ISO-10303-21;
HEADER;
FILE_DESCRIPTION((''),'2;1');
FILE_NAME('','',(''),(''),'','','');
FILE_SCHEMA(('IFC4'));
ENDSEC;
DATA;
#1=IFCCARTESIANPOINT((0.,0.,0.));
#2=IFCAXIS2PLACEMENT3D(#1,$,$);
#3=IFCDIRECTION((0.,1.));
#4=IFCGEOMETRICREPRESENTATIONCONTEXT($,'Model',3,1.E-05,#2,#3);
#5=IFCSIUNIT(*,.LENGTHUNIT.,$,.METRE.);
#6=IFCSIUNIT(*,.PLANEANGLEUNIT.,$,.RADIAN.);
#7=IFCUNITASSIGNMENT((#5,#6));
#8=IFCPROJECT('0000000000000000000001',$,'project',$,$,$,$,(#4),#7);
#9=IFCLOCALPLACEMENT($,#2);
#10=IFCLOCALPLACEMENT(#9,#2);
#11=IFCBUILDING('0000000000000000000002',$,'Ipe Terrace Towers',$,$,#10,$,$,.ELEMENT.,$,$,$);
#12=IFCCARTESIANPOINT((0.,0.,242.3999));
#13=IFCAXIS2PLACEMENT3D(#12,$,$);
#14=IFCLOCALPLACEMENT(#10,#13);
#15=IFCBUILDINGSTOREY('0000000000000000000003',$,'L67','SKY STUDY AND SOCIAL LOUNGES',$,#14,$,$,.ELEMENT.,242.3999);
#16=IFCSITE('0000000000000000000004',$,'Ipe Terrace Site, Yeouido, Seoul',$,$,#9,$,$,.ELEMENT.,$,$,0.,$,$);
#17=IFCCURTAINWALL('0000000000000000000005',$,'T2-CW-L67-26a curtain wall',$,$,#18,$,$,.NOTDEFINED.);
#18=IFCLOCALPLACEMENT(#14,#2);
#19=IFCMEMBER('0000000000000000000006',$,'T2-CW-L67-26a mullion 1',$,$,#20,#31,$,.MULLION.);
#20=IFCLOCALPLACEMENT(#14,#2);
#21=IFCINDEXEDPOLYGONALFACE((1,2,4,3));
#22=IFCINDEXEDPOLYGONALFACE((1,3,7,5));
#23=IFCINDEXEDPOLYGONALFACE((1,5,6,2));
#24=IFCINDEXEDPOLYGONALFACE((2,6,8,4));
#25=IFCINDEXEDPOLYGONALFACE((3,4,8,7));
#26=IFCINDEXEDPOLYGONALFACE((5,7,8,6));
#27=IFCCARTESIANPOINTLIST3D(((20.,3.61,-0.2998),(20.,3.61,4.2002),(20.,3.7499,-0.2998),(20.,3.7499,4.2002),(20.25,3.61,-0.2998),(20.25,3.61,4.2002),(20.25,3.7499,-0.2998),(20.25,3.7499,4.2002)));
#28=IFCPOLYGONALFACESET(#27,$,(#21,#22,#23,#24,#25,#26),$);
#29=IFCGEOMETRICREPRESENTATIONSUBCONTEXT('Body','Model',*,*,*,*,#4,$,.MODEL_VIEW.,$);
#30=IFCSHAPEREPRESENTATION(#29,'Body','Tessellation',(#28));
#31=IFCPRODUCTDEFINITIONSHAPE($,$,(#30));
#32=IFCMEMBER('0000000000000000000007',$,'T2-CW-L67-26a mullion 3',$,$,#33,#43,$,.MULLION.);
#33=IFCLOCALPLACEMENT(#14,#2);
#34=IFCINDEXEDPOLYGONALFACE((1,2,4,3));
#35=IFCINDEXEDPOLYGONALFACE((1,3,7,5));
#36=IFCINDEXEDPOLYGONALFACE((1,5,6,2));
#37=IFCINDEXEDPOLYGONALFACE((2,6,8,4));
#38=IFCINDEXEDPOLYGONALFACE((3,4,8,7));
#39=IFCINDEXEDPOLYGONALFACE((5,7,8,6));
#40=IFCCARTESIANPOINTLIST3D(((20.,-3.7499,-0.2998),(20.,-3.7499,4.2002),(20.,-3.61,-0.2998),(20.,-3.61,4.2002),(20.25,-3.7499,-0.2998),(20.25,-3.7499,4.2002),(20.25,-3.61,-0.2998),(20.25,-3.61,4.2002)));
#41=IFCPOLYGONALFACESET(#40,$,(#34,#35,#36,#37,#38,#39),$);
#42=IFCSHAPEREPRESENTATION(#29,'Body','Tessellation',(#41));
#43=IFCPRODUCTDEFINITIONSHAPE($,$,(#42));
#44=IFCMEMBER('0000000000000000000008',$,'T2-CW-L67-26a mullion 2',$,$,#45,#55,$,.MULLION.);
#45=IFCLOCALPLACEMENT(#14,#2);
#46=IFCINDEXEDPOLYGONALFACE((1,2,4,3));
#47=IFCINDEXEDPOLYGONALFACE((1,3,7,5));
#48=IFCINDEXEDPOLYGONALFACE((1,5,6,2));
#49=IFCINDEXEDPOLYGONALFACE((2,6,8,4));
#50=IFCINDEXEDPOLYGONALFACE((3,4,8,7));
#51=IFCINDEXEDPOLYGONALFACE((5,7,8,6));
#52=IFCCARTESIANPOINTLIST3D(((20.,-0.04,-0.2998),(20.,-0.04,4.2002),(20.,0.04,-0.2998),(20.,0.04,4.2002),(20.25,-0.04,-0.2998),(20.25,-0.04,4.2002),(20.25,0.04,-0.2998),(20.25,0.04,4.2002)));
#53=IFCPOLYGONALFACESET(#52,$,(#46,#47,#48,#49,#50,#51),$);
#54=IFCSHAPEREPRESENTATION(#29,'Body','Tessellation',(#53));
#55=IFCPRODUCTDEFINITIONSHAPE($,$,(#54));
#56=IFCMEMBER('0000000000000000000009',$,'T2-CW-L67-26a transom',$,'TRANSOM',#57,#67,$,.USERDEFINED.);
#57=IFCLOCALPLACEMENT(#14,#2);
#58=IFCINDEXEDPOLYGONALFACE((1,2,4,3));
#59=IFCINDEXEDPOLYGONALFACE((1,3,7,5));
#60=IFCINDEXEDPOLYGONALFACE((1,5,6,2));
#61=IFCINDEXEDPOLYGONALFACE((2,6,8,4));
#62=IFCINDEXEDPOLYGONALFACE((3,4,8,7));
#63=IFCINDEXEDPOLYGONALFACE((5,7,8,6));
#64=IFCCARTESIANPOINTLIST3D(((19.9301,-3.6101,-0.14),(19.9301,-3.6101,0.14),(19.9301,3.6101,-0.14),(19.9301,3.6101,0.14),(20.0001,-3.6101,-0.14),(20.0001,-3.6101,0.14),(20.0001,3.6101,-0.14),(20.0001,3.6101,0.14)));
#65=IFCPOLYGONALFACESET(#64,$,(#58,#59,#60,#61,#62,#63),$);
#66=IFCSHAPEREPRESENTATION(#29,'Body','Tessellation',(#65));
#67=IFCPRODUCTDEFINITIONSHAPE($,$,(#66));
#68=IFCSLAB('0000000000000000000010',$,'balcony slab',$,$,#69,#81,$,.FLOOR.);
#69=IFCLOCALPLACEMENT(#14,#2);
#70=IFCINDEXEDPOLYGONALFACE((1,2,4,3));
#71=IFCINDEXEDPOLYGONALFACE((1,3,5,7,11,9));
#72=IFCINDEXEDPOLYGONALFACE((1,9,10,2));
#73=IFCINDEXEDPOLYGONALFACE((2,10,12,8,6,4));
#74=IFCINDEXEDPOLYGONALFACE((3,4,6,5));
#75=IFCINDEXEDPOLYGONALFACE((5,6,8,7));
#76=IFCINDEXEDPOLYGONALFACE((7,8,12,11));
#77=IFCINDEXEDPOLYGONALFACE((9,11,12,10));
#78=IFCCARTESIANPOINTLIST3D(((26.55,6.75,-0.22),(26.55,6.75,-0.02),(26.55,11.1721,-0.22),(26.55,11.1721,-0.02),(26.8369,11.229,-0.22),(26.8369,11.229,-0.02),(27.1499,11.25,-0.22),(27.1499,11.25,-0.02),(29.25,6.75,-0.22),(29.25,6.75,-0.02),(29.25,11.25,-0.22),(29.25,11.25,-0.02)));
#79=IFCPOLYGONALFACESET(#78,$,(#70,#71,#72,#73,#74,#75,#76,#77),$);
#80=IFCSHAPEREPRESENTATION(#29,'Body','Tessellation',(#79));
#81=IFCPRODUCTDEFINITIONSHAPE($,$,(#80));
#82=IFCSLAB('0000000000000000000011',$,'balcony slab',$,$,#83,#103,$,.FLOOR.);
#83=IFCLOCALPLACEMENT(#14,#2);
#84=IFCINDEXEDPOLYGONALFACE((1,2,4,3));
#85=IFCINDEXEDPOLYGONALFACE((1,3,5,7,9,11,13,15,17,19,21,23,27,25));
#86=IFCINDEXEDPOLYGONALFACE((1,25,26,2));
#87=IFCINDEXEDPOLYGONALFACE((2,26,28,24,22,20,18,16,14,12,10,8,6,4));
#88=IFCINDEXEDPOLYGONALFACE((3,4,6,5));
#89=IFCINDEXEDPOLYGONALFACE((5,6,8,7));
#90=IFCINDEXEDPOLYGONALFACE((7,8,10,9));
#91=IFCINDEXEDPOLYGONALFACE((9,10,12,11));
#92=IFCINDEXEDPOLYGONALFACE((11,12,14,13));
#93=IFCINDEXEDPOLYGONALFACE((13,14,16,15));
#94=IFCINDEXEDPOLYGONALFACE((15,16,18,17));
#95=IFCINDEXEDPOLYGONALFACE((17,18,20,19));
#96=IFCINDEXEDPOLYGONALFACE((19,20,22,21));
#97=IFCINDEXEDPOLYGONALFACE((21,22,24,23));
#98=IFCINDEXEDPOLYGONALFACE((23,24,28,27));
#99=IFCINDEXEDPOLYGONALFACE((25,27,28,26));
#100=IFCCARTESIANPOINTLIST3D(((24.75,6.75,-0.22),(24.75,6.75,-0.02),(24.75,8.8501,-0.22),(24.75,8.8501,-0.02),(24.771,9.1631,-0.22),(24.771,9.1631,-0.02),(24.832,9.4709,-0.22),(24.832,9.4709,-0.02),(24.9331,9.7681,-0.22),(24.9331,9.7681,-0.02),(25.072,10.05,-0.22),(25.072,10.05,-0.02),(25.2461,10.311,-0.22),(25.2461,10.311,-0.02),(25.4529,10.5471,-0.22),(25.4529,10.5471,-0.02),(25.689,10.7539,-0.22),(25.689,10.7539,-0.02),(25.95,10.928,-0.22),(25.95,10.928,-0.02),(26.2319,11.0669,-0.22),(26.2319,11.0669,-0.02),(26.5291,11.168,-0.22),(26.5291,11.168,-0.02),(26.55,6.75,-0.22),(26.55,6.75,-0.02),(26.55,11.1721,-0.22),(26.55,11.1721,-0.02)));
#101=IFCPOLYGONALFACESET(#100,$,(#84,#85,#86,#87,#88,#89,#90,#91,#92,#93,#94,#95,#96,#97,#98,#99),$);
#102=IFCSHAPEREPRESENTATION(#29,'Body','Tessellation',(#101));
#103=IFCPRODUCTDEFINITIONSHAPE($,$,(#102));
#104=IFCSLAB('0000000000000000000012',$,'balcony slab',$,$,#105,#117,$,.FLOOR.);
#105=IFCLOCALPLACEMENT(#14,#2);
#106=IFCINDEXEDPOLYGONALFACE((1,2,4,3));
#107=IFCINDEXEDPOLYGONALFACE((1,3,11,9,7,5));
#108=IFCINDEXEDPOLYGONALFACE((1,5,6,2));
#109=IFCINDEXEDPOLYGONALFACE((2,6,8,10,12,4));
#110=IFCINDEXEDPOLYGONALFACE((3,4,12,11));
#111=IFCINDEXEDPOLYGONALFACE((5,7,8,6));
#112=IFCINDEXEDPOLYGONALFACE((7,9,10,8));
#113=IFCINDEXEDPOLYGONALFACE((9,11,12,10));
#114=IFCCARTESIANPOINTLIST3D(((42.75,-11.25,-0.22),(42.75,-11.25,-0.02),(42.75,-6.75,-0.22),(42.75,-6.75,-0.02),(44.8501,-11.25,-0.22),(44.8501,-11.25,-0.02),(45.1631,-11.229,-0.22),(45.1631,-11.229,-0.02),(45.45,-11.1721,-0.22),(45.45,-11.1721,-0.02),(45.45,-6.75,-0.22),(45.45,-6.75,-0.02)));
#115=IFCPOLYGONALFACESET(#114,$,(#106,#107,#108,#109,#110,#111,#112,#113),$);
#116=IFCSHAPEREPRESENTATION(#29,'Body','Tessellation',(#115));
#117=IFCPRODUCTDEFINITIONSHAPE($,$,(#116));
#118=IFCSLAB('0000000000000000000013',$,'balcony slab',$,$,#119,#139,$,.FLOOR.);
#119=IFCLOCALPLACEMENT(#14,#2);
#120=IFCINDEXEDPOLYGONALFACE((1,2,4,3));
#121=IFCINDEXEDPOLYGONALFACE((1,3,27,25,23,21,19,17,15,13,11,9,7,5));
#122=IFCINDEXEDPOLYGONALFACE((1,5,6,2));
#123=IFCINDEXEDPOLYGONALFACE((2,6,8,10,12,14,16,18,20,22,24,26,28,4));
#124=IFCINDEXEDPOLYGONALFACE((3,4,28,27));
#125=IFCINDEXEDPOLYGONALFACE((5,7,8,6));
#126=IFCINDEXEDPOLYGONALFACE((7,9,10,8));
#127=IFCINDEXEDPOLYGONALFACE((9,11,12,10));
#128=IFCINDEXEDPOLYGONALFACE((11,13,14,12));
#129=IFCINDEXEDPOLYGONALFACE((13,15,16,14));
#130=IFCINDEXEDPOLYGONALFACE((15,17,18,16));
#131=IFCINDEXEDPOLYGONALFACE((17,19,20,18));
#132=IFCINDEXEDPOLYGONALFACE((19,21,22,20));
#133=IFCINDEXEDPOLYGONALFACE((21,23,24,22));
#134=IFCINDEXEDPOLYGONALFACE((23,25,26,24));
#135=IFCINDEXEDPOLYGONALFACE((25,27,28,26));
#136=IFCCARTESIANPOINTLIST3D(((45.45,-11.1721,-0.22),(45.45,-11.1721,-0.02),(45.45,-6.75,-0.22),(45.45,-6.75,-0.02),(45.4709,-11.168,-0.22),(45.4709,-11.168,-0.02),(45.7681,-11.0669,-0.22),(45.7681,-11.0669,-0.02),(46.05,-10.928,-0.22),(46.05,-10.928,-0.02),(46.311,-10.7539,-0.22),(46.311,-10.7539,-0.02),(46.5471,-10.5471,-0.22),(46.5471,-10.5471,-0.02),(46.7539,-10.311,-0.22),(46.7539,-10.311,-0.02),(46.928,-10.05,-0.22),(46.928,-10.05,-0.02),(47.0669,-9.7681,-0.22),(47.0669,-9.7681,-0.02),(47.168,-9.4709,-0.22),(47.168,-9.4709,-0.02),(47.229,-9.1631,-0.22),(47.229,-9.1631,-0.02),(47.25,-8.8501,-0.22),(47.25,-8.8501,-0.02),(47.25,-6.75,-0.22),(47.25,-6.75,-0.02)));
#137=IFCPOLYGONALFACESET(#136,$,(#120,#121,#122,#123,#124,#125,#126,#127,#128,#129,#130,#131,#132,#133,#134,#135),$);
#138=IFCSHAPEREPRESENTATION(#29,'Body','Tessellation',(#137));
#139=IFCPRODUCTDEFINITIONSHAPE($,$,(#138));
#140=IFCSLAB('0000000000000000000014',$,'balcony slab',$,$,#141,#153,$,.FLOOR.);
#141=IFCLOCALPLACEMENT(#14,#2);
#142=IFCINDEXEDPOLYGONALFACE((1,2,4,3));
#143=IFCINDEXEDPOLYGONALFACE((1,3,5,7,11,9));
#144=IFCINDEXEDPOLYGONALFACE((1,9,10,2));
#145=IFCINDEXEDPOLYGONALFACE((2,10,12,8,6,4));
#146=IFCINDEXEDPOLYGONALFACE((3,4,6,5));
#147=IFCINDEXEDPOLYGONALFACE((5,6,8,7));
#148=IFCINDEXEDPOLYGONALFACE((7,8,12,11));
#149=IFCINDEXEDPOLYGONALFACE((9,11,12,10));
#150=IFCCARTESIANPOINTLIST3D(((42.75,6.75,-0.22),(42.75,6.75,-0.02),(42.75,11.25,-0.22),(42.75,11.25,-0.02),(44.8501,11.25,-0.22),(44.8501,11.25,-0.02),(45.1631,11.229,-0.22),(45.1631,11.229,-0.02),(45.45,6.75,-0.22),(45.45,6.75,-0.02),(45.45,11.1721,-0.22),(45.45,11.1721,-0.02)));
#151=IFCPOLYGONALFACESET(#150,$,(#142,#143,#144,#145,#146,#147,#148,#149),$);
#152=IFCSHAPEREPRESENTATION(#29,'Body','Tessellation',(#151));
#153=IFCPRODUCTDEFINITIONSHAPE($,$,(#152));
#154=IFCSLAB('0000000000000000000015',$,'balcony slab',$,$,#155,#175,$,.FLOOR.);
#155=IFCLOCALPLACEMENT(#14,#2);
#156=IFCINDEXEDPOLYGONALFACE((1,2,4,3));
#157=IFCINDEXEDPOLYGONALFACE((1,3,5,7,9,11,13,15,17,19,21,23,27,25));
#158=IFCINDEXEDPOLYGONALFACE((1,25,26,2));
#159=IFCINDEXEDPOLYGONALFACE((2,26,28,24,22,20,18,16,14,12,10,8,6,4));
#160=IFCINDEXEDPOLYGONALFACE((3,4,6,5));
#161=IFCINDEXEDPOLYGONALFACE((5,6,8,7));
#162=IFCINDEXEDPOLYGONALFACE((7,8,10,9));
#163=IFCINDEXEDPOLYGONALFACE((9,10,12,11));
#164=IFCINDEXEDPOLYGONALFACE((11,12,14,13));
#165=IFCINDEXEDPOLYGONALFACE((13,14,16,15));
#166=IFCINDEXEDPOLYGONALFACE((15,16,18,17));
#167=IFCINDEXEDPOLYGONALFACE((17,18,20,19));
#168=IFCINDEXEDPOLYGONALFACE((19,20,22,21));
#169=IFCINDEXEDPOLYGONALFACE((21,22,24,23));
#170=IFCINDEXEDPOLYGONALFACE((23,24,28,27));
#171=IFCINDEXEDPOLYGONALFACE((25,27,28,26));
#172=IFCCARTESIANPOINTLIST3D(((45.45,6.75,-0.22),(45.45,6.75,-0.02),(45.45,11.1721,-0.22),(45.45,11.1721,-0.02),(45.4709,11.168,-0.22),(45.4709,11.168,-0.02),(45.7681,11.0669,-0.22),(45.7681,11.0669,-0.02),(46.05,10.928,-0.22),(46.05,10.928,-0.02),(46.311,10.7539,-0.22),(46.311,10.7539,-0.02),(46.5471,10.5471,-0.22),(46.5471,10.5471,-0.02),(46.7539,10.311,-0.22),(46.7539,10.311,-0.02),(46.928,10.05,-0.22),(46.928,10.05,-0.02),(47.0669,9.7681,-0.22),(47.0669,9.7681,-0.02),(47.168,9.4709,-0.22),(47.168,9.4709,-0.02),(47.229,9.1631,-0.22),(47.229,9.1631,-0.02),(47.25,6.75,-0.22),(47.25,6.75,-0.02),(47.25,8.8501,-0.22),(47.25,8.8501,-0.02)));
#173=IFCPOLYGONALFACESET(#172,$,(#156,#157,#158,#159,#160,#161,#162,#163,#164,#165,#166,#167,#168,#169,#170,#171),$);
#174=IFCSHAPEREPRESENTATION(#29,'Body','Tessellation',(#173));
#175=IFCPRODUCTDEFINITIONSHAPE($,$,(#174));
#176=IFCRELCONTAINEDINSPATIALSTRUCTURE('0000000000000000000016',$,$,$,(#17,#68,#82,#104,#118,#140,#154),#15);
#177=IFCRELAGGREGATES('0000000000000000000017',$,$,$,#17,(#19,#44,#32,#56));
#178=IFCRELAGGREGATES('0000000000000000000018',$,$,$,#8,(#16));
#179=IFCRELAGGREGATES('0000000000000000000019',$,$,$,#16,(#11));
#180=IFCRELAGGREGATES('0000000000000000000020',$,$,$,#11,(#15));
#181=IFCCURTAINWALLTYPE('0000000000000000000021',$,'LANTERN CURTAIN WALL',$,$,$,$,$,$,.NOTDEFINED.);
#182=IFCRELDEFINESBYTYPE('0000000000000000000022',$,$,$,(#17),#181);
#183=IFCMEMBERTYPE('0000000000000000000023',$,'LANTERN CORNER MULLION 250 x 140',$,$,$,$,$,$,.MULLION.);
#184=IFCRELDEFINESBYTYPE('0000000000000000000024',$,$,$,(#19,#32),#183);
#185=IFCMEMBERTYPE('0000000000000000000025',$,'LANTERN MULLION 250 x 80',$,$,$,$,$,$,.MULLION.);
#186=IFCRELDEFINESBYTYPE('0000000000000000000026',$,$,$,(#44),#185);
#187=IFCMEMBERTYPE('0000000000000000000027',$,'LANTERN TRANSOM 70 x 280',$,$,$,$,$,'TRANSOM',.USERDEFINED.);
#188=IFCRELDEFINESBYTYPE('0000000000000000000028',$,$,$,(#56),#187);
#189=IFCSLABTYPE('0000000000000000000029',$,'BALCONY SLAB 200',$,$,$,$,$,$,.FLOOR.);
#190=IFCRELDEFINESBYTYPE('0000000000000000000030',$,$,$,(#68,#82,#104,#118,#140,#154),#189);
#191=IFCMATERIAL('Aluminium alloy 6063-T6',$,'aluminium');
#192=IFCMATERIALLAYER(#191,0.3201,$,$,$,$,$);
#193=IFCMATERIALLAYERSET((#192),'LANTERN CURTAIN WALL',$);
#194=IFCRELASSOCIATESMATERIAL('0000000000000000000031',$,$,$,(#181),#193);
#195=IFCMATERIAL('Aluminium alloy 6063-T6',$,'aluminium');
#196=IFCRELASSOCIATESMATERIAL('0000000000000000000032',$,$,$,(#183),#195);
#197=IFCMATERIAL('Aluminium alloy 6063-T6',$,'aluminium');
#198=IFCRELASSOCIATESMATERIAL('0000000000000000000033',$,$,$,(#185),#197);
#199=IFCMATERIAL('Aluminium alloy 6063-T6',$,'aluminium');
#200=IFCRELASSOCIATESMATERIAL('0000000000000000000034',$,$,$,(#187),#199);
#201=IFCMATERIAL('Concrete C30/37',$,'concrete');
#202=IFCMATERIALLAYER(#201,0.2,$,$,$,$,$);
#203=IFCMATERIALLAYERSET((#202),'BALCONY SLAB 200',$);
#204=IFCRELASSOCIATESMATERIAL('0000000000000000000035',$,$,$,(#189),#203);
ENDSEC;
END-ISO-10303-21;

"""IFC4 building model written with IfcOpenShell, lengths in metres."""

from ifc_helpers import new_model, si_unit, direction, frame, origin, origin_2d, place, context, subcontext, project, spatial, polyline, rectangle, outline, extrude, material, layer, layer_set, material_profile, profile_set, type_object, element, aggregate, save


model = new_model("IFC4")

# Units and contexts
model_context = context("Model", 3, precision=1e-05, world=origin(), true_north=direction((0.0, 1.0)))
body_context = subcontext(model_context, "Body", "Model", "MODEL_VIEW")
ifc_project = project(units=[si_unit("LENGTHUNIT", "METRE"), si_unit("PLANEANGLEUNIT", "RADIAN")], contexts=[model_context])

# Site, building, storey
site_placement = place(None, origin())
site = spatial("IfcSite", under=ifc_project, at=site_placement, Name="Ipe Terrace Site, Yeouido, Seoul", CompositionType="ELEMENT", RefElevation=0.0)
building_placement = place(site_placement, origin())
building = spatial("IfcBuilding", under=site, at=building_placement, Name="Ipe Terrace Towers", CompositionType="ELEMENT")
storey_placement = place(building_placement, frame((0.0, 0.0, 242.3999)))
storey = spatial("IfcBuildingStorey", under=building, at=storey_placement, Name="L67", Description="SKY STUDY AND SOCIAL LOUNGES", CompositionType="ELEMENT", Elevation=242.3999)

# Curtain wall, members
ifc_material_1 = material(Name="Aluminium alloy 6063-T6", Category="aluminium")
ifc_layer_1 = layer(ifc_material_1, 0.3201)
ifc_layer_set_1 = layer_set([ifc_layer_1], Name="LANTERN CURTAIN WALL")
curtain_wall_type = type_object("IfcCurtainWallType", Name="LANTERN CURTAIN WALL", PredefinedType="NOTDEFINED", material=ifc_layer_set_1)
curtain_wall_placement = place(storey_placement, origin())
curtain_wall = element("IfcCurtainWall", 1, at=curtain_wall_placement, inside=storey, type_object=curtain_wall_type, Name="T2-CW-L67-26a curtain wall", PredefinedType="NOTDEFINED")
ifc_material_2 = material(Name="Aluminium alloy 6063-T6", Category="aluminium")
ifc_material_profile_1 = material_profile(ifc_material_2, rectangle(XDim=0.25, YDim=0.1399, at=origin_2d()), Name="LANTERN CORNER MULLION 250 x 140")
ifc_profile_set_1 = profile_set([ifc_material_profile_1], Name="Aluminium alloy 6063-T6")
member_type_1 = type_object("IfcMemberType", Name="LANTERN CORNER MULLION 250 x 140", PredefinedType="MULLION", material=ifc_profile_set_1)
member_1_placement = place(storey_placement, frame((20.125, 3.6799, -0.2998), z_axis=(0.0, 0.0, 1.0), x_axis=(-1.0, 0.0, 0.0)))
member_1 = element("IfcMember", 2, at=member_1_placement, type_object=member_type_1, Name="T2-CW-L67-26a mullion 1", PredefinedType="MULLION", context=body_context, shape_type="SweptSolid", body=[
    extrude(rectangle(XDim=0.25, YDim=0.1399, at=origin_2d()), origin(), (0.0, 0.0, 1.0), 4.5),
])
member_2_placement = place(storey_placement, frame((20.125, -3.6799, -0.2998), z_axis=(0.0, 0.0, 1.0), x_axis=(-1.0, 0.0, 0.0)))
member_2 = element("IfcMember", 3, at=member_2_placement, type_object=member_type_1, Name="T2-CW-L67-26a mullion 3", PredefinedType="MULLION", context=body_context, shape_type="SweptSolid", body=[
    extrude(rectangle(XDim=0.25, YDim=0.1399, at=origin_2d()), origin(), (0.0, 0.0, 1.0), 4.5),
])
ifc_material_3 = material(Name="Aluminium alloy 6063-T6", Category="aluminium")
ifc_material_profile_2 = material_profile(ifc_material_3, rectangle(XDim=0.25, YDim=0.0801, at=origin_2d()), Name="LANTERN MULLION 250 x 80")
ifc_profile_set_2 = profile_set([ifc_material_profile_2], Name="Aluminium alloy 6063-T6")
member_type_2 = type_object("IfcMemberType", Name="LANTERN MULLION 250 x 80", PredefinedType="MULLION", material=ifc_profile_set_2)
member_3_placement = place(storey_placement, frame((20.125, 0.0, -0.2998), z_axis=(0.0, 0.0, 1.0), x_axis=(-1.0, 0.0, 0.0)))
member_3 = element("IfcMember", 4, at=member_3_placement, type_object=member_type_2, Name="T2-CW-L67-26a mullion 2", PredefinedType="MULLION", context=body_context, shape_type="SweptSolid", body=[
    extrude(rectangle(XDim=0.25, YDim=0.0801, at=origin_2d()), origin(), (0.0, 0.0, 1.0), 4.5),
])
ifc_material_4 = material(Name="Aluminium alloy 6063-T6", Category="aluminium")
ifc_material_profile_3 = material_profile(ifc_material_4, rectangle(XDim=0.0701, YDim=0.28, at=origin_2d()), Name="LANTERN TRANSOM 70 x 280")
ifc_profile_set_3 = profile_set([ifc_material_profile_3], Name="Aluminium alloy 6063-T6")
member_type_3 = type_object("IfcMemberType", Name="LANTERN TRANSOM 70 x 280", ElementType="TRANSOM", PredefinedType="USERDEFINED", material=ifc_profile_set_3)
member_4_placement = place(storey_placement, frame((19.9651, 3.6101, 0.0), z_axis=(0.0, -1.0, 0.0), x_axis=(-1.0, 0.0, 0.0)))
member_4 = element("IfcMember", 5, at=member_4_placement, type_object=member_type_3, Name="T2-CW-L67-26a transom", ObjectType="TRANSOM", PredefinedType="USERDEFINED", context=body_context, shape_type="SweptSolid", body=[
    extrude(rectangle(XDim=0.0701, YDim=0.28, at=origin_2d()), origin(), (0.0, 0.0, 1.0), 7.2202),
])

# Slabs
ifc_material_5 = material(Name="Concrete C30/37", Category="concrete")
ifc_layer_2 = layer(ifc_material_5, 0.2)
ifc_layer_set_2 = layer_set([ifc_layer_2], Name="BALCONY SLAB 200")
slab_type_1 = type_object("IfcSlabType", Name="BALCONY SLAB 200", PredefinedType="FLOOR", material=ifc_layer_set_2)
slab_1_placement = place(storey_placement, frame((0.0, 0.0, -0.22)))
element("IfcSlab", 6, at=slab_1_placement, inside=storey, type_object=slab_type_1, Name="balcony slab", PredefinedType="FLOOR", context=body_context, shape_type="SweptSolid", body=[
    extrude(outline(polyline([(26.8369, 11.229), (26.55, 11.1721), (26.55, 6.75), (29.25, 6.75), (29.25, 11.25), (27.1499, 11.25), (26.8369, 11.229)])), origin(), (0.0, 0.0, 1.0), 0.2),
])
slab_2_placement = place(storey_placement, frame((0.0, 0.0, -0.22)))
element("IfcSlab", 7, at=slab_2_placement, inside=storey, type_object=slab_type_1, Name="balcony slab", PredefinedType="FLOOR", context=body_context, shape_type="SweptSolid", body=[
    extrude(outline(polyline([(24.75, 6.75), (26.55, 6.75), (26.55, 11.1721), (26.5291, 11.168), (26.2319, 11.0669), (25.95, 10.928), (25.689, 10.7539), (25.4529, 10.5471), (25.2461, 10.311), (25.072, 10.05), (24.9331, 9.7681), (24.832, 9.4709), (24.771, 9.1631), (24.75, 8.8501), (24.75, 6.75)])), origin(), (0.0, 0.0, 1.0), 0.2),
])
slab_3_placement = place(storey_placement, frame((0.0, 0.0, -0.22)))
element("IfcSlab", 8, at=slab_3_placement, inside=storey, type_object=slab_type_1, Name="balcony slab", PredefinedType="FLOOR", context=body_context, shape_type="SweptSolid", body=[
    extrude(outline(polyline([(45.1631, -11.229), (45.45, -11.1721), (45.45, -6.75), (42.75, -6.75), (42.75, -11.25), (44.8501, -11.25), (45.1631, -11.229)])), origin(), (0.0, 0.0, 1.0), 0.2),
])
slab_4_placement = place(storey_placement, frame((0.0, 0.0, -0.22)))
element("IfcSlab", 9, at=slab_4_placement, inside=storey, type_object=slab_type_1, Name="balcony slab", PredefinedType="FLOOR", context=body_context, shape_type="SweptSolid", body=[
    extrude(outline(polyline([(47.25, -6.75), (45.45, -6.75), (45.45, -11.1721), (45.4709, -11.168), (45.7681, -11.0669), (46.05, -10.928), (46.311, -10.7539), (46.5471, -10.5471), (46.7539, -10.311), (46.928, -10.05), (47.0669, -9.7681), (47.168, -9.4709), (47.229, -9.1631), (47.25, -8.8501), (47.25, -6.75)])), origin(), (0.0, 0.0, 1.0), 0.2),
])
slab_5_placement = place(storey_placement, frame((0.0, 0.0, -0.22)))
element("IfcSlab", 10, at=slab_5_placement, inside=storey, type_object=slab_type_1, Name="balcony slab", PredefinedType="FLOOR", context=body_context, shape_type="SweptSolid", body=[
    extrude(outline(polyline([(45.1631, 11.229), (44.8501, 11.25), (42.75, 11.25), (42.75, 6.75), (45.45, 6.75), (45.45, 11.1721), (45.1631, 11.229)])), origin(), (0.0, 0.0, 1.0), 0.2),
])
slab_6_placement = place(storey_placement, frame((0.0, 0.0, -0.22)))
element("IfcSlab", 11, at=slab_6_placement, inside=storey, type_object=slab_type_1, Name="balcony slab", PredefinedType="FLOOR", context=body_context, shape_type="SweptSolid", body=[
    extrude(outline(polyline([(47.25, 6.75), (47.25, 8.8501), (47.229, 9.1631), (47.168, 9.4709), (47.0669, 9.7681), (46.928, 10.05), (46.7539, 10.311), (46.5471, 10.5471), (46.311, 10.7539), (46.05, 10.928), (45.7681, 11.0669), (45.4709, 11.168), (45.45, 11.1721), (45.45, 6.75), (47.25, 6.75)])), origin(), (0.0, 0.0, 1.0), 0.2),
])

aggregate(curtain_wall, [member_1, member_3, member_2, member_4])

save(model, "model.ifc")
